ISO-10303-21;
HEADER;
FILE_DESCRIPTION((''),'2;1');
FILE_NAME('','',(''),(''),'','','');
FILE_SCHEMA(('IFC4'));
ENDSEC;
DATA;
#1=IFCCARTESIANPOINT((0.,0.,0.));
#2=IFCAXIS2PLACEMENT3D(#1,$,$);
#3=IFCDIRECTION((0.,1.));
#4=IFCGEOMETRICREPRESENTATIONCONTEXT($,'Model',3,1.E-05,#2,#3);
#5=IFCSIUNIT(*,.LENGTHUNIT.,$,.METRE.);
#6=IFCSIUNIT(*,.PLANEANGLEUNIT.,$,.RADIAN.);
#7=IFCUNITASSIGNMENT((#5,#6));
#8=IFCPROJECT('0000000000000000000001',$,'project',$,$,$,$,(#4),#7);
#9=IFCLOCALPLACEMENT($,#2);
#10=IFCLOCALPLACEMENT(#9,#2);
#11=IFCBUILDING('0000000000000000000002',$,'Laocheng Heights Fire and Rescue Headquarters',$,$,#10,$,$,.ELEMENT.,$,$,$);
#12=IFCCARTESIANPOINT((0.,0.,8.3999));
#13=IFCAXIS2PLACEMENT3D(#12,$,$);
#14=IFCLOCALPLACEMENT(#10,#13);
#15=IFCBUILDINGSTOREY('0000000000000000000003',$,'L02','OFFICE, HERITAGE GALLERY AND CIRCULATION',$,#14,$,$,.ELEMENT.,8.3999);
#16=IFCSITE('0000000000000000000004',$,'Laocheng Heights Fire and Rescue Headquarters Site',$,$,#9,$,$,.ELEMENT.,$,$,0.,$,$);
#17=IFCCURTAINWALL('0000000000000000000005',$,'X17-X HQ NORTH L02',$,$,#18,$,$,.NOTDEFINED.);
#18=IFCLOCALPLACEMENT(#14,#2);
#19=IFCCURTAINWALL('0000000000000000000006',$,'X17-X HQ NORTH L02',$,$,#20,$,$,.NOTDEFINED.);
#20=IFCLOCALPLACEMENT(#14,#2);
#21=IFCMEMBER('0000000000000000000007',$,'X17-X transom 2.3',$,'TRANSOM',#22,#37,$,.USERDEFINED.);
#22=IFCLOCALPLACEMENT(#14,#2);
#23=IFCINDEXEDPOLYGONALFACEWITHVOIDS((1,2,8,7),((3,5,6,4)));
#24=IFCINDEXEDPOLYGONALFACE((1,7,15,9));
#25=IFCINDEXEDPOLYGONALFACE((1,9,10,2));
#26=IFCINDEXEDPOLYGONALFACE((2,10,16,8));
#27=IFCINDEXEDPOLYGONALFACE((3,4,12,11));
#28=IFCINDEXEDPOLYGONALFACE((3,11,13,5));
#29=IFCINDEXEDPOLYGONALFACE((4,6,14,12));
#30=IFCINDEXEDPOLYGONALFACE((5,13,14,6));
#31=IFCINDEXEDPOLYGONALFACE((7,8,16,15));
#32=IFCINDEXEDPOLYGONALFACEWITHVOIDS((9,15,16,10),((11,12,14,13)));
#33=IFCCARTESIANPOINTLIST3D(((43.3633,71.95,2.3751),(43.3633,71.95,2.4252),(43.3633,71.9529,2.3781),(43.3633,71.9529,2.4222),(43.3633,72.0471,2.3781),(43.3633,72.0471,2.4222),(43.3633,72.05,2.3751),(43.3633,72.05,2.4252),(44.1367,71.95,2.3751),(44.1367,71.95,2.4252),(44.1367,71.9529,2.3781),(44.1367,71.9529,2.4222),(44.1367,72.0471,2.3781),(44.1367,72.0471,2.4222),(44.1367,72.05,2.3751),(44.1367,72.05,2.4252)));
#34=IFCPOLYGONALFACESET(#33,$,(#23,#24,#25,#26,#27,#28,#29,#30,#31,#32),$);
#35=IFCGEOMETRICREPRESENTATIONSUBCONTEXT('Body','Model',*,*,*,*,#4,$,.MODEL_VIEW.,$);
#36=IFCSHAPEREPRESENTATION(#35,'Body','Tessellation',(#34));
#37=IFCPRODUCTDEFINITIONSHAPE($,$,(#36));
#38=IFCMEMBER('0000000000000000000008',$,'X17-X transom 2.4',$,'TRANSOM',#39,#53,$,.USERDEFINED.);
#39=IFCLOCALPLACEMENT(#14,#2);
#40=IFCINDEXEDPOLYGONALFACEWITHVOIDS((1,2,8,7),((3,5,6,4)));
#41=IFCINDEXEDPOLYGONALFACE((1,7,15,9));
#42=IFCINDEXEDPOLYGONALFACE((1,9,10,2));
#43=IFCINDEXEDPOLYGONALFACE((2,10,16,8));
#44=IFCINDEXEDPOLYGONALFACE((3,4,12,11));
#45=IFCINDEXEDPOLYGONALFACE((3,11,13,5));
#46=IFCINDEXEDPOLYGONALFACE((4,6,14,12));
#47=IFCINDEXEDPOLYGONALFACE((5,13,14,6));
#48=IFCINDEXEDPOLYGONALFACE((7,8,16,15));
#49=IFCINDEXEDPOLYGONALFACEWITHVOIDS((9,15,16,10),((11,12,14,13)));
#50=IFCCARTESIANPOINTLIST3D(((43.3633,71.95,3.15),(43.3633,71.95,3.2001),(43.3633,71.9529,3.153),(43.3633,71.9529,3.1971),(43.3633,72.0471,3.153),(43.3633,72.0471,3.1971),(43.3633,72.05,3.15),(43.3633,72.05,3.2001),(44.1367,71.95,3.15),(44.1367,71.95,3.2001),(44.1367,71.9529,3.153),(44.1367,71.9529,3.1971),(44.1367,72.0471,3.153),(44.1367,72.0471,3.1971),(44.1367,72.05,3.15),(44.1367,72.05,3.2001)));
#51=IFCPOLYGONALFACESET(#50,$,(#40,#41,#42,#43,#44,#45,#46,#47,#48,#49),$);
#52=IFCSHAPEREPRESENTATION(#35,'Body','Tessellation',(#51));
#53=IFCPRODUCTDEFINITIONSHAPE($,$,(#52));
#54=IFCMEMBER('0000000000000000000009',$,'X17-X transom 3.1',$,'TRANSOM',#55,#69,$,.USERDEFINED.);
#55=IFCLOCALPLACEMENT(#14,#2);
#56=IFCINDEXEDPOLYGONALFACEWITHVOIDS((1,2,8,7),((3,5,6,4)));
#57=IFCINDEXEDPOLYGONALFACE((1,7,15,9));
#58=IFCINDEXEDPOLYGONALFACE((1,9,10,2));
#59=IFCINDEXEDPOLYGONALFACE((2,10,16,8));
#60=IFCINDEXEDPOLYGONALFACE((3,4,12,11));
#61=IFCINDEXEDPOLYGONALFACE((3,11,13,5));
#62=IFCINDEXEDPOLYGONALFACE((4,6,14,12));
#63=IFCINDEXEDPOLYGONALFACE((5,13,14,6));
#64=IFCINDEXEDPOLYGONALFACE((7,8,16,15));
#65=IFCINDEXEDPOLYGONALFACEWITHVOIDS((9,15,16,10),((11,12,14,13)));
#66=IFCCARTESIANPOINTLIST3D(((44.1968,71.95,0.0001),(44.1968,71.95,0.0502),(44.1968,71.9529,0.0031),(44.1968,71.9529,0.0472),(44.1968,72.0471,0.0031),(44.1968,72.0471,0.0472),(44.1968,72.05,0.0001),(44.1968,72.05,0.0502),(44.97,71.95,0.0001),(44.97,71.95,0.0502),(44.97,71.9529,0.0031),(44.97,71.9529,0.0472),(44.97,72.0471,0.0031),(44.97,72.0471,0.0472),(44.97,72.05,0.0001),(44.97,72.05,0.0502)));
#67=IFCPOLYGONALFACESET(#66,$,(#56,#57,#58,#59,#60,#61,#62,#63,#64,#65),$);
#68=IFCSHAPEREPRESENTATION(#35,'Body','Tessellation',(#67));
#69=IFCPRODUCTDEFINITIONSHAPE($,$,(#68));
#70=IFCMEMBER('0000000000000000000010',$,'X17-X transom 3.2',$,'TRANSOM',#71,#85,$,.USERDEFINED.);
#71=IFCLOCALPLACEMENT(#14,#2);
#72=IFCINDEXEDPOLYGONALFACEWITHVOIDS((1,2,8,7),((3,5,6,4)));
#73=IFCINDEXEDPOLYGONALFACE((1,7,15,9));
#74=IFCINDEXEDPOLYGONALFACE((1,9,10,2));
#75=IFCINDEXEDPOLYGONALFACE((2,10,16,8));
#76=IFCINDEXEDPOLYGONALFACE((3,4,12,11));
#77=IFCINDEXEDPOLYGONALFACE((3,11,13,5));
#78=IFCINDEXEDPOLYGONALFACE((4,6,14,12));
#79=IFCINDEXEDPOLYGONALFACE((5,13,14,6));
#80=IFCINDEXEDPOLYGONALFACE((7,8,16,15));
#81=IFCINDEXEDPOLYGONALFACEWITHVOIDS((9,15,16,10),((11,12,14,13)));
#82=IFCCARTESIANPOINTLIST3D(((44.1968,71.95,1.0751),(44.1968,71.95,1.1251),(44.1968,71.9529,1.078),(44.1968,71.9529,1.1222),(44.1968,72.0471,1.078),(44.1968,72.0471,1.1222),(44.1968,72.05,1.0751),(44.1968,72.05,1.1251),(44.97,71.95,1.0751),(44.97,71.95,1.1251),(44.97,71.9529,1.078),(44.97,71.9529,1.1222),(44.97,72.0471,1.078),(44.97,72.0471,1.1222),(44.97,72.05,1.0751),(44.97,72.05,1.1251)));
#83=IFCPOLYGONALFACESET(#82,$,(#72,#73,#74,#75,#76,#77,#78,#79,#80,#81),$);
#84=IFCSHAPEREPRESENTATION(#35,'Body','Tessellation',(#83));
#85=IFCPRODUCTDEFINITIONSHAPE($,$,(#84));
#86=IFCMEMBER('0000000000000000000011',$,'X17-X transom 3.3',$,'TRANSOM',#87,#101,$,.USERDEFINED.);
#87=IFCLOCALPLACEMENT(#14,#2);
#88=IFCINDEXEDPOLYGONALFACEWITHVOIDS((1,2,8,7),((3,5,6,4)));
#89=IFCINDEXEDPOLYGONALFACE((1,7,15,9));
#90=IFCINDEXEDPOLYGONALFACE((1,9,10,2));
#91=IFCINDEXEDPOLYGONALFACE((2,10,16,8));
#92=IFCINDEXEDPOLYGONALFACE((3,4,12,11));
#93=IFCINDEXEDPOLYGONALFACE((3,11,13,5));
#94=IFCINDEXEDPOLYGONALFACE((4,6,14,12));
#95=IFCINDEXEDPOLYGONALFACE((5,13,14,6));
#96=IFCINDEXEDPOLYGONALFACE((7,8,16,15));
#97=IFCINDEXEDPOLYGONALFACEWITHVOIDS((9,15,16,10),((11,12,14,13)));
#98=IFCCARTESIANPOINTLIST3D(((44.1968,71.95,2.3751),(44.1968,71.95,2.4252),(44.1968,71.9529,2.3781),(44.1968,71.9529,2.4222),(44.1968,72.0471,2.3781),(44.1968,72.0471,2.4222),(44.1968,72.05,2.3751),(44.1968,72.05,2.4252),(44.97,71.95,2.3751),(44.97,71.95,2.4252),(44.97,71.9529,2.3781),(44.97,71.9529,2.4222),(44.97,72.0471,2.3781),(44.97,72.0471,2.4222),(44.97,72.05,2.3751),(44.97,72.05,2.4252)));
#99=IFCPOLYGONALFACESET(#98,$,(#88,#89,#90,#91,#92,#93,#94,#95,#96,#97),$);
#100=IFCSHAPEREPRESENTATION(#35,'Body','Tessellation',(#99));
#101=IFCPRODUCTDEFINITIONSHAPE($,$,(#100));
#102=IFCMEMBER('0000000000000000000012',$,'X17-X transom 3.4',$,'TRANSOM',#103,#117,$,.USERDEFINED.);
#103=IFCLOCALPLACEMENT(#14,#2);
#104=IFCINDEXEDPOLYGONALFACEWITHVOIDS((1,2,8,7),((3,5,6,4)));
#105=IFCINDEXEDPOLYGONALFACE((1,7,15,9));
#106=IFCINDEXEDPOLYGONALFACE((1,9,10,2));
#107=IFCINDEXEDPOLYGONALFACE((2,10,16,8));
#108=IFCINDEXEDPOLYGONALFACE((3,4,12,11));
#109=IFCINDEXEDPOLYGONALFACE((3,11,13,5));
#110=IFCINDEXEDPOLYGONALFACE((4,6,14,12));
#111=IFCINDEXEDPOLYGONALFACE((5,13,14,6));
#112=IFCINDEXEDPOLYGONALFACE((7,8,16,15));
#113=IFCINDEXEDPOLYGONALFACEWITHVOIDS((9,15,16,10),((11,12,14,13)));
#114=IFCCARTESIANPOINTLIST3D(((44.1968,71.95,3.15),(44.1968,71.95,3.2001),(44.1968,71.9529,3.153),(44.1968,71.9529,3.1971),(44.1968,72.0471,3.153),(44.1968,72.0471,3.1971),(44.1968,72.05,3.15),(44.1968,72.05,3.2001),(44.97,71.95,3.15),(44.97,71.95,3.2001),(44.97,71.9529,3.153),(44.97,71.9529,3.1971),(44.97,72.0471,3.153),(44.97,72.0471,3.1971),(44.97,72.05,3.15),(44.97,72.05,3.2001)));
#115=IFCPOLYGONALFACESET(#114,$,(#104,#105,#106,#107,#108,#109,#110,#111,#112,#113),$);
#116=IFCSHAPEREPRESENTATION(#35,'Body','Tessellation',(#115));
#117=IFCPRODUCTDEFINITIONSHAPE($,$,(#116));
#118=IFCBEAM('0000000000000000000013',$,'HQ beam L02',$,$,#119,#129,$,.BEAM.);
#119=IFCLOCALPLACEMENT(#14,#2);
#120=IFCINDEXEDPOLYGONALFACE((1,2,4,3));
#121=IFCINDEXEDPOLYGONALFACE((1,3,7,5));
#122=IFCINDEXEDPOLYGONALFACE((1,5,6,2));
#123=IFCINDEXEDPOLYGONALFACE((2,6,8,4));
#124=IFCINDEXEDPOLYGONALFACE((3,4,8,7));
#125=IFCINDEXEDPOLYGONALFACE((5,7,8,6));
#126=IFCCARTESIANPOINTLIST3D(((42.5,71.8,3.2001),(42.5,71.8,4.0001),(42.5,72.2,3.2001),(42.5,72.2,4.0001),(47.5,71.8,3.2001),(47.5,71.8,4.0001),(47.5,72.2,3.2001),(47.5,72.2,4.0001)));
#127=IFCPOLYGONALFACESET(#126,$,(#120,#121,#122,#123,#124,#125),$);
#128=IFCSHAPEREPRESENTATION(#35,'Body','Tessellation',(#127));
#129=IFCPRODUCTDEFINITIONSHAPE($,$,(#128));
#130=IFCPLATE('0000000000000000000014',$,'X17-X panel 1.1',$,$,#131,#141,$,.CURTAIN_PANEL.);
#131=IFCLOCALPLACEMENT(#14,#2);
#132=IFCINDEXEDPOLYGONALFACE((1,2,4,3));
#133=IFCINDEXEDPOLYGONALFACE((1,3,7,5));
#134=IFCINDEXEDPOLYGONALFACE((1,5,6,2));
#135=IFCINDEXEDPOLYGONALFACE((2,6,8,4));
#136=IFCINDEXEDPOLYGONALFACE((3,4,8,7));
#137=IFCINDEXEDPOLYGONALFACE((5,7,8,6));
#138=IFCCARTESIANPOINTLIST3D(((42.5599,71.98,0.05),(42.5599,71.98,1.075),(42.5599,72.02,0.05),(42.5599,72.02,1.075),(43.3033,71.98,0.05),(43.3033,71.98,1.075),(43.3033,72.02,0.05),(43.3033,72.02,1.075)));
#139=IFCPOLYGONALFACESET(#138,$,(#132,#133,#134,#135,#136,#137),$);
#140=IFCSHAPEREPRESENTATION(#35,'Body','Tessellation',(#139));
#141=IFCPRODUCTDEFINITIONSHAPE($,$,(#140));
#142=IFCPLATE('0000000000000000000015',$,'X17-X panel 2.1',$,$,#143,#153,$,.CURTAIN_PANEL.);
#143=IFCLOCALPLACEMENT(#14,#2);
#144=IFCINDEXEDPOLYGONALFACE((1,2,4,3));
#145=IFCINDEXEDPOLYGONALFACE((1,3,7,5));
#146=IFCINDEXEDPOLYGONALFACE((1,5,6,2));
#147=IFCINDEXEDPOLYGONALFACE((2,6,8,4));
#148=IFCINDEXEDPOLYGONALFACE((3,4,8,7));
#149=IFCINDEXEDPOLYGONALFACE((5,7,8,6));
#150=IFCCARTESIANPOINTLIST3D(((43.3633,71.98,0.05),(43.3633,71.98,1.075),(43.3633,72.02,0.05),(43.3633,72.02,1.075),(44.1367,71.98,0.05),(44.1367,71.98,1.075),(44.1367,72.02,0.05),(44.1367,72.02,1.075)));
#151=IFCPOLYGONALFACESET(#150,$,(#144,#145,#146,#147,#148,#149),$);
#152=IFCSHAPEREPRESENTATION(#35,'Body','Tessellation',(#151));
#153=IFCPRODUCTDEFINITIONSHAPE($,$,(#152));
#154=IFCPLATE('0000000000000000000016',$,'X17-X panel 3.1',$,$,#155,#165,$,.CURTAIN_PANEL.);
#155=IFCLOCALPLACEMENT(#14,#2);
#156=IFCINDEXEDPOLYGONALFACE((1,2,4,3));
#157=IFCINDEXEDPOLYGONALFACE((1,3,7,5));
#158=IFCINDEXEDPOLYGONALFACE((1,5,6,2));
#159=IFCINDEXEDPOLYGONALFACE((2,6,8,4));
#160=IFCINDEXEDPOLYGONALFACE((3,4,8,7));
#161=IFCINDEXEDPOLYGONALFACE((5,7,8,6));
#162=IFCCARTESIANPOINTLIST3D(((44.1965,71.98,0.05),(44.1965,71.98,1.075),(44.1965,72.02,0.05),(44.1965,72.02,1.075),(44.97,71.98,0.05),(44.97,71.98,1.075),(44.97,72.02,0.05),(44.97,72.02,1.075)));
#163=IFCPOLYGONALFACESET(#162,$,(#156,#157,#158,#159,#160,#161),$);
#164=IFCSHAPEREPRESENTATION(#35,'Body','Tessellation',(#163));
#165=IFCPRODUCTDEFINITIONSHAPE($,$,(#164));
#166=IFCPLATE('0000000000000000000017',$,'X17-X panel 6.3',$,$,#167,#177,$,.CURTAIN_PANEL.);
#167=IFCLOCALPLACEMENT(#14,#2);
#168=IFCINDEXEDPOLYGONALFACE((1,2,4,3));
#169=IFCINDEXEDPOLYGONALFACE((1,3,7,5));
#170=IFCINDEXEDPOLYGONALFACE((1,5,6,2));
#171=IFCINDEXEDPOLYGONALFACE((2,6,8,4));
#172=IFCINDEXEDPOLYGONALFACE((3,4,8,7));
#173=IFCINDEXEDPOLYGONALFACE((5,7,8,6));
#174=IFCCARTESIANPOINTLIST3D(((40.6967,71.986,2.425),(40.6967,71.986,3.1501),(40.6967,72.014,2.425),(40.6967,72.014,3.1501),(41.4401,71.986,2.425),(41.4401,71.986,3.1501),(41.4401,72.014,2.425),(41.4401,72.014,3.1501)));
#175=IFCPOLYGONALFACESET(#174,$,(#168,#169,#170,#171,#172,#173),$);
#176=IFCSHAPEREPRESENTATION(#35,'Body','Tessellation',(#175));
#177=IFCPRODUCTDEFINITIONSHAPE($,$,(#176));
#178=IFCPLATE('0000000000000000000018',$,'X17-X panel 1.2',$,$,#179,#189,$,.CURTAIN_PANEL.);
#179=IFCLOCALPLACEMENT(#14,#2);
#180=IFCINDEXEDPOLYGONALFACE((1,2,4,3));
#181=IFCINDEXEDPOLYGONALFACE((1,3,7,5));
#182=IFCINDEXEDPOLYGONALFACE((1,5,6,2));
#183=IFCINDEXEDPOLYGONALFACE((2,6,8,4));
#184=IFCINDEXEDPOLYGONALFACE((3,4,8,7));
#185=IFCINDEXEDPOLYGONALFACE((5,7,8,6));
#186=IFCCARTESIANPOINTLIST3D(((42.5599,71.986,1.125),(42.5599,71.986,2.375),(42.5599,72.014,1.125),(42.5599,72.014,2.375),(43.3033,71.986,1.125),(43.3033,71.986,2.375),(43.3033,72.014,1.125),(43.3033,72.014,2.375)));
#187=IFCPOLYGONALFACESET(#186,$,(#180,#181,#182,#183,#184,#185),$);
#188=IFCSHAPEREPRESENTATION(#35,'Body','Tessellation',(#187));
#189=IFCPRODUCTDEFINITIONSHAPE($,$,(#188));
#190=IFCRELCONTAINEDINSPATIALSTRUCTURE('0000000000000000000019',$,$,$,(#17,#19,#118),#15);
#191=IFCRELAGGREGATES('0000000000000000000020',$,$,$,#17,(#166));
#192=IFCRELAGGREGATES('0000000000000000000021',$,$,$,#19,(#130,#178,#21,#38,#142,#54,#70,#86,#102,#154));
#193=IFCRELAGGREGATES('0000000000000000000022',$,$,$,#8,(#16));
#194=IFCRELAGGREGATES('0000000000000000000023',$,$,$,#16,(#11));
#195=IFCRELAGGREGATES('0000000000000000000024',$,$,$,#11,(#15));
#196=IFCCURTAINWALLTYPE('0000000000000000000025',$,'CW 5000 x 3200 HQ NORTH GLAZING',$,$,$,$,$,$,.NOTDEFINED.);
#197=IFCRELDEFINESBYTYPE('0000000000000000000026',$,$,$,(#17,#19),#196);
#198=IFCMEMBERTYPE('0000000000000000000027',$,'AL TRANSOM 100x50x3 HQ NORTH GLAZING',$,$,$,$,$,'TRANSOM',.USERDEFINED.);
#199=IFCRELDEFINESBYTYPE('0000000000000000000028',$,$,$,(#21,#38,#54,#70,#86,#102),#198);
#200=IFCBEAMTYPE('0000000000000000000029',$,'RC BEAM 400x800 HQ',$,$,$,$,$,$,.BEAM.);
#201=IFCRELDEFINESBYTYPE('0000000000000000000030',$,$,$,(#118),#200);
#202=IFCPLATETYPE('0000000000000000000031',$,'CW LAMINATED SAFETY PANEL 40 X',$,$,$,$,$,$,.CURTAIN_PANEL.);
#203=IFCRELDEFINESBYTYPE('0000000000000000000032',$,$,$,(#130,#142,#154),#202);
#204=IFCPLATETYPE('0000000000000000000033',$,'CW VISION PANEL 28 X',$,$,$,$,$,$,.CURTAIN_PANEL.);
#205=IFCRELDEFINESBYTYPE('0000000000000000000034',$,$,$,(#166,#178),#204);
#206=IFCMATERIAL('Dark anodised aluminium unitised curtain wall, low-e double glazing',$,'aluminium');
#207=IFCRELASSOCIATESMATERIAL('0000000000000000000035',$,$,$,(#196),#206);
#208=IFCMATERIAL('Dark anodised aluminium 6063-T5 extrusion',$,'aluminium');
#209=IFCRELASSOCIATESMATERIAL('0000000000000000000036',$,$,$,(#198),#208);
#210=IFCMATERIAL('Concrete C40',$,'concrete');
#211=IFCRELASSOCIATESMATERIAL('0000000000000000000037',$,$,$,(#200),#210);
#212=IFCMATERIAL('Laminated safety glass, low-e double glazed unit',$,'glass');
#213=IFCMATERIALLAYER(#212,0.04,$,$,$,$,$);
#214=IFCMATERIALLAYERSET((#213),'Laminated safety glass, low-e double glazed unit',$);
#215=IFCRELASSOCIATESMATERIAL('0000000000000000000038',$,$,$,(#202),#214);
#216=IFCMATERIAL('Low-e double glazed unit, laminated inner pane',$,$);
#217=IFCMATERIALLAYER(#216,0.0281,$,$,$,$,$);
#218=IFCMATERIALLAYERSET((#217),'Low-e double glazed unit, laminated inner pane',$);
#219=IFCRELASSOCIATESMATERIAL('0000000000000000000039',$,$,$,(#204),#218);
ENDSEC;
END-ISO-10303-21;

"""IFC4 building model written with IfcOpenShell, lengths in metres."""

from ifc_helpers import new_model, si_unit, direction, frame, origin, origin_2d, place, context, subcontext, project, spatial, rectangle, hollow_rectangle, extrude, material, layer, layer_set, material_profile, profile_set, type_object, element, aggregate, save


model = new_model("IFC4")

# Units and contexts
model_context = context("Model", 3, precision=1e-05, world=origin(), true_north=direction((0.0, 1.0)))
body_context = subcontext(model_context, "Body", "Model", "MODEL_VIEW")
ifc_project = project(units=[si_unit("LENGTHUNIT", "METRE"), si_unit("PLANEANGLEUNIT", "RADIAN")], contexts=[model_context])

# Site, building, storey
site_placement = place(None, origin())
site = spatial("IfcSite", under=ifc_project, at=site_placement, Name="Laocheng Heights Fire and Rescue Headquarters Site", CompositionType="ELEMENT", RefElevation=0.0)
building_placement = place(site_placement, origin())
building = spatial("IfcBuilding", under=site, at=building_placement, Name="Laocheng Heights Fire and Rescue Headquarters", CompositionType="ELEMENT")
storey_placement = place(building_placement, frame((0.0, 0.0, 8.3999)))
storey = spatial("IfcBuildingStorey", under=building, at=storey_placement, Name="L02", Description="OFFICE, HERITAGE GALLERY AND CIRCULATION", CompositionType="ELEMENT", Elevation=8.3999)

# Curtain wall
ifc_material_1 = material(Name="Dark anodised aluminium unitised curtain wall, low-e double glazing", Category="aluminium")
curtain_wall_type = type_object("IfcCurtainWallType", Name="CW 5000 x 3200 HQ NORTH GLAZING", PredefinedType="NOTDEFINED", material=ifc_material_1)
curtain_wall_1_placement = place(storey_placement, origin())
curtain_wall_1 = element("IfcCurtainWall", 1, at=curtain_wall_1_placement, inside=storey, type_object=curtain_wall_type, Name="X17-X HQ NORTH L02", PredefinedType="NOTDEFINED")

# Curtain wall, members
curtain_wall_2_placement = place(storey_placement, origin())
curtain_wall_2 = element("IfcCurtainWall", 2, at=curtain_wall_2_placement, inside=storey, type_object=curtain_wall_type, Name="X17-X HQ NORTH L02", PredefinedType="NOTDEFINED")
ifc_material_2 = material(Name="Dark anodised aluminium 6063-T5 extrusion", Category="aluminium")
ifc_material_profile_1 = material_profile(ifc_material_2, hollow_rectangle(XDim=0.1001, YDim=0.05, WallThickness=0.0029, at=origin_2d()), Name="AL TRANSOM 100x50x3 HQ NORTH GLAZING")
ifc_profile_set_1 = profile_set([ifc_material_profile_1], Name="Dark anodised aluminium 6063-T5 extrusion")
member_type_1 = type_object("IfcMemberType", Name="AL TRANSOM 100x50x3 HQ NORTH GLAZING", ElementType="TRANSOM", PredefinedType="USERDEFINED", material=ifc_profile_set_1)
member_1_placement = place(storey_placement, frame((43.3633, 72.0, 2.4001), z_axis=(1.0, 0.0, 0.0), x_axis=(0.0, 1.0, 0.0)))
member_1 = element("IfcMember", 3, at=member_1_placement, type_object=member_type_1, Name="X17-X transom 2.3", ObjectType="TRANSOM", PredefinedType="USERDEFINED", context=body_context, shape_type="SweptSolid", body=[
    extrude(hollow_rectangle(XDim=0.1001, YDim=0.05, WallThickness=0.0029, at=origin_2d()), origin(), (0.0, 0.0, 1.0), 0.7734),
])
member_2_placement = place(storey_placement, frame((43.3633, 72.0, 3.175), z_axis=(1.0, 0.0, 0.0), x_axis=(0.0, 1.0, 0.0)))
member_2 = element("IfcMember", 4, at=member_2_placement, type_object=member_type_1, Name="X17-X transom 2.4", ObjectType="TRANSOM", PredefinedType="USERDEFINED", context=body_context, shape_type="SweptSolid", body=[
    extrude(hollow_rectangle(XDim=0.1001, YDim=0.05, WallThickness=0.0029, at=origin_2d()), origin(), (0.0, 0.0, 1.0), 0.7734),
])
member_3_placement = place(storey_placement, frame((44.1968, 72.0, 0.0251), z_axis=(1.0, 0.0, 0.0), x_axis=(0.0, 1.0, 0.0)))
member_3 = element("IfcMember", 5, at=member_3_placement, type_object=member_type_1, Name="X17-X transom 3.1", ObjectType="TRANSOM", PredefinedType="USERDEFINED", context=body_context, shape_type="SweptSolid", body=[
    extrude(hollow_rectangle(XDim=0.1001, YDim=0.05, WallThickness=0.0029, at=origin_2d()), origin(), (0.0, 0.0, 1.0), 0.7732),
])
member_4_placement = place(storey_placement, frame((44.1968, 72.0, 1.1001), z_axis=(1.0, 0.0, 0.0), x_axis=(0.0, 1.0, 0.0)))
member_4 = element("IfcMember", 6, at=member_4_placement, type_object=member_type_1, Name="X17-X transom 3.2", ObjectType="TRANSOM", PredefinedType="USERDEFINED", context=body_context, shape_type="SweptSolid", body=[
    extrude(hollow_rectangle(XDim=0.1001, YDim=0.05, WallThickness=0.0029, at=origin_2d()), origin(), (0.0, 0.0, 1.0), 0.7732),
])
member_5_placement = place(storey_placement, frame((44.1968, 72.0, 2.4001), z_axis=(1.0, 0.0, 0.0), x_axis=(0.0, 1.0, 0.0)))
member_5 = element("IfcMember", 7, at=member_5_placement, type_object=member_type_1, Name="X17-X transom 3.3", ObjectType="TRANSOM", PredefinedType="USERDEFINED", context=body_context, shape_type="SweptSolid", body=[
    extrude(hollow_rectangle(XDim=0.1001, YDim=0.05, WallThickness=0.0029, at=origin_2d()), origin(), (0.0, 0.0, 1.0), 0.7732),
])
member_6_placement = place(storey_placement, frame((44.1968, 72.0, 3.175), z_axis=(1.0, 0.0, 0.0), x_axis=(0.0, 1.0, 0.0)))
member_6 = element("IfcMember", 8, at=member_6_placement, type_object=member_type_1, Name="X17-X transom 3.4", ObjectType="TRANSOM", PredefinedType="USERDEFINED", context=body_context, shape_type="SweptSolid", body=[
    extrude(hollow_rectangle(XDim=0.1001, YDim=0.05, WallThickness=0.0029, at=origin_2d()), origin(), (0.0, 0.0, 1.0), 0.7732),
])

# Beam
ifc_material_3 = material(Name="Concrete C40", Category="concrete")
ifc_material_profile_2 = material_profile(ifc_material_3, rectangle(XDim=0.3999, YDim=0.8, at=origin_2d()), Name="RC BEAM 400x800 HQ")
ifc_profile_set_2 = profile_set([ifc_material_profile_2], Name="Concrete C40")
beam_type = type_object("IfcBeamType", Name="RC BEAM 400x800 HQ", PredefinedType="BEAM", material=ifc_profile_set_2)
beam_placement = place(storey_placement, frame((42.5, 72.0, 3.6001), z_axis=(1.0, 0.0, 0.0), x_axis=(0.0, 1.0, 0.0)))
element("IfcBeam", 9, at=beam_placement, inside=storey, type_object=beam_type, Name="HQ beam L02", PredefinedType="BEAM", context=body_context, shape_type="SweptSolid", body=[
    extrude(rectangle(XDim=0.3999, YDim=0.8, at=origin_2d()), origin(), (0.0, 0.0, 1.0), 5.0),
])

# Plates
ifc_material_4 = material(Name="Laminated safety glass, low-e double glazed unit", Category="glass")
ifc_layer_1 = layer(ifc_material_4, 0.04)
ifc_layer_set_1 = layer_set([ifc_layer_1], Name="Laminated safety glass, low-e double glazed unit")
plate_type_1 = type_object("IfcPlateType", Name="CW LAMINATED SAFETY PANEL 40 X", PredefinedType="CURTAIN_PANEL", material=ifc_layer_set_1)
plate_1_placement = place(storey_placement, frame((42.9316, 72.0, 0.05), z_axis=(0.0, 0.0, 1.0), x_axis=(1.0, 0.0, 0.0)))
plate_1 = element("IfcPlate", 10, at=plate_1_placement, type_object=plate_type_1, Name="X17-X panel 1.1", PredefinedType="CURTAIN_PANEL", context=body_context, shape_type="SweptSolid", body=[
    extrude(rectangle(XDim=0.7434, YDim=0.04, at=origin_2d()), origin(), (0.0, 0.0, 1.0), 1.0249),
])
plate_2_placement = place(storey_placement, frame((43.75, 72.0, 0.05), z_axis=(0.0, 0.0, 1.0), x_axis=(1.0, 0.0, 0.0)))
plate_2 = element("IfcPlate", 11, at=plate_2_placement, type_object=plate_type_1, Name="X17-X panel 2.1", PredefinedType="CURTAIN_PANEL", context=body_context, shape_type="SweptSolid", body=[
    extrude(rectangle(XDim=0.7734, YDim=0.04, at=origin_2d()), origin(), (0.0, 0.0, 1.0), 1.0249),
])
plate_3_placement = place(storey_placement, frame((44.5833, 72.0, 0.05), z_axis=(0.0, 0.0, 1.0), x_axis=(1.0, 0.0, 0.0)))
plate_3 = element("IfcPlate", 12, at=plate_3_placement, type_object=plate_type_1, Name="X17-X panel 3.1", PredefinedType="CURTAIN_PANEL", context=body_context, shape_type="SweptSolid", body=[
    extrude(rectangle(XDim=0.7734, YDim=0.04, at=origin_2d()), origin(), (0.0, 0.0, 1.0), 1.0249),
])
ifc_material_5 = material(Name="Low-e double glazed unit, laminated inner pane")
ifc_layer_2 = layer(ifc_material_5, 0.0281)
ifc_layer_set_2 = layer_set([ifc_layer_2], Name="Low-e double glazed unit, laminated inner pane")
plate_type_2 = type_object("IfcPlateType", Name="CW VISION PANEL 28 X", PredefinedType="CURTAIN_PANEL", material=ifc_layer_set_2)
plate_4_placement = place(storey_placement, frame((41.0684, 72.0, 2.425), z_axis=(0.0, 0.0, 1.0), x_axis=(1.0, 0.0, 0.0)))
plate_4 = element("IfcPlate", 13, at=plate_4_placement, type_object=plate_type_2, Name="X17-X panel 6.3", PredefinedType="CURTAIN_PANEL", context=body_context, shape_type="SweptSolid", body=[
    extrude(rectangle(XDim=0.7434, YDim=0.0281, at=origin_2d()), origin(), (0.0, 0.0, 1.0), 0.7251),
])
aggregate(curtain_wall_1, [plate_4])
plate_5_placement = place(storey_placement, frame((42.9316, 72.0, 1.125), z_axis=(0.0, 0.0, 1.0), x_axis=(1.0, 0.0, 0.0)))
plate_5 = element("IfcPlate", 14, at=plate_5_placement, type_object=plate_type_2, Name="X17-X panel 1.2", PredefinedType="CURTAIN_PANEL", context=body_context, shape_type="SweptSolid", body=[
    extrude(rectangle(XDim=0.7434, YDim=0.0281, at=origin_2d()), origin(), (0.0, 0.0, 1.0), 1.25),
])
aggregate(curtain_wall_2, [plate_1, plate_5, member_1, member_2, plate_2, member_3, member_4, member_5, member_6, plate_3])

save(model, "model.ifc")
